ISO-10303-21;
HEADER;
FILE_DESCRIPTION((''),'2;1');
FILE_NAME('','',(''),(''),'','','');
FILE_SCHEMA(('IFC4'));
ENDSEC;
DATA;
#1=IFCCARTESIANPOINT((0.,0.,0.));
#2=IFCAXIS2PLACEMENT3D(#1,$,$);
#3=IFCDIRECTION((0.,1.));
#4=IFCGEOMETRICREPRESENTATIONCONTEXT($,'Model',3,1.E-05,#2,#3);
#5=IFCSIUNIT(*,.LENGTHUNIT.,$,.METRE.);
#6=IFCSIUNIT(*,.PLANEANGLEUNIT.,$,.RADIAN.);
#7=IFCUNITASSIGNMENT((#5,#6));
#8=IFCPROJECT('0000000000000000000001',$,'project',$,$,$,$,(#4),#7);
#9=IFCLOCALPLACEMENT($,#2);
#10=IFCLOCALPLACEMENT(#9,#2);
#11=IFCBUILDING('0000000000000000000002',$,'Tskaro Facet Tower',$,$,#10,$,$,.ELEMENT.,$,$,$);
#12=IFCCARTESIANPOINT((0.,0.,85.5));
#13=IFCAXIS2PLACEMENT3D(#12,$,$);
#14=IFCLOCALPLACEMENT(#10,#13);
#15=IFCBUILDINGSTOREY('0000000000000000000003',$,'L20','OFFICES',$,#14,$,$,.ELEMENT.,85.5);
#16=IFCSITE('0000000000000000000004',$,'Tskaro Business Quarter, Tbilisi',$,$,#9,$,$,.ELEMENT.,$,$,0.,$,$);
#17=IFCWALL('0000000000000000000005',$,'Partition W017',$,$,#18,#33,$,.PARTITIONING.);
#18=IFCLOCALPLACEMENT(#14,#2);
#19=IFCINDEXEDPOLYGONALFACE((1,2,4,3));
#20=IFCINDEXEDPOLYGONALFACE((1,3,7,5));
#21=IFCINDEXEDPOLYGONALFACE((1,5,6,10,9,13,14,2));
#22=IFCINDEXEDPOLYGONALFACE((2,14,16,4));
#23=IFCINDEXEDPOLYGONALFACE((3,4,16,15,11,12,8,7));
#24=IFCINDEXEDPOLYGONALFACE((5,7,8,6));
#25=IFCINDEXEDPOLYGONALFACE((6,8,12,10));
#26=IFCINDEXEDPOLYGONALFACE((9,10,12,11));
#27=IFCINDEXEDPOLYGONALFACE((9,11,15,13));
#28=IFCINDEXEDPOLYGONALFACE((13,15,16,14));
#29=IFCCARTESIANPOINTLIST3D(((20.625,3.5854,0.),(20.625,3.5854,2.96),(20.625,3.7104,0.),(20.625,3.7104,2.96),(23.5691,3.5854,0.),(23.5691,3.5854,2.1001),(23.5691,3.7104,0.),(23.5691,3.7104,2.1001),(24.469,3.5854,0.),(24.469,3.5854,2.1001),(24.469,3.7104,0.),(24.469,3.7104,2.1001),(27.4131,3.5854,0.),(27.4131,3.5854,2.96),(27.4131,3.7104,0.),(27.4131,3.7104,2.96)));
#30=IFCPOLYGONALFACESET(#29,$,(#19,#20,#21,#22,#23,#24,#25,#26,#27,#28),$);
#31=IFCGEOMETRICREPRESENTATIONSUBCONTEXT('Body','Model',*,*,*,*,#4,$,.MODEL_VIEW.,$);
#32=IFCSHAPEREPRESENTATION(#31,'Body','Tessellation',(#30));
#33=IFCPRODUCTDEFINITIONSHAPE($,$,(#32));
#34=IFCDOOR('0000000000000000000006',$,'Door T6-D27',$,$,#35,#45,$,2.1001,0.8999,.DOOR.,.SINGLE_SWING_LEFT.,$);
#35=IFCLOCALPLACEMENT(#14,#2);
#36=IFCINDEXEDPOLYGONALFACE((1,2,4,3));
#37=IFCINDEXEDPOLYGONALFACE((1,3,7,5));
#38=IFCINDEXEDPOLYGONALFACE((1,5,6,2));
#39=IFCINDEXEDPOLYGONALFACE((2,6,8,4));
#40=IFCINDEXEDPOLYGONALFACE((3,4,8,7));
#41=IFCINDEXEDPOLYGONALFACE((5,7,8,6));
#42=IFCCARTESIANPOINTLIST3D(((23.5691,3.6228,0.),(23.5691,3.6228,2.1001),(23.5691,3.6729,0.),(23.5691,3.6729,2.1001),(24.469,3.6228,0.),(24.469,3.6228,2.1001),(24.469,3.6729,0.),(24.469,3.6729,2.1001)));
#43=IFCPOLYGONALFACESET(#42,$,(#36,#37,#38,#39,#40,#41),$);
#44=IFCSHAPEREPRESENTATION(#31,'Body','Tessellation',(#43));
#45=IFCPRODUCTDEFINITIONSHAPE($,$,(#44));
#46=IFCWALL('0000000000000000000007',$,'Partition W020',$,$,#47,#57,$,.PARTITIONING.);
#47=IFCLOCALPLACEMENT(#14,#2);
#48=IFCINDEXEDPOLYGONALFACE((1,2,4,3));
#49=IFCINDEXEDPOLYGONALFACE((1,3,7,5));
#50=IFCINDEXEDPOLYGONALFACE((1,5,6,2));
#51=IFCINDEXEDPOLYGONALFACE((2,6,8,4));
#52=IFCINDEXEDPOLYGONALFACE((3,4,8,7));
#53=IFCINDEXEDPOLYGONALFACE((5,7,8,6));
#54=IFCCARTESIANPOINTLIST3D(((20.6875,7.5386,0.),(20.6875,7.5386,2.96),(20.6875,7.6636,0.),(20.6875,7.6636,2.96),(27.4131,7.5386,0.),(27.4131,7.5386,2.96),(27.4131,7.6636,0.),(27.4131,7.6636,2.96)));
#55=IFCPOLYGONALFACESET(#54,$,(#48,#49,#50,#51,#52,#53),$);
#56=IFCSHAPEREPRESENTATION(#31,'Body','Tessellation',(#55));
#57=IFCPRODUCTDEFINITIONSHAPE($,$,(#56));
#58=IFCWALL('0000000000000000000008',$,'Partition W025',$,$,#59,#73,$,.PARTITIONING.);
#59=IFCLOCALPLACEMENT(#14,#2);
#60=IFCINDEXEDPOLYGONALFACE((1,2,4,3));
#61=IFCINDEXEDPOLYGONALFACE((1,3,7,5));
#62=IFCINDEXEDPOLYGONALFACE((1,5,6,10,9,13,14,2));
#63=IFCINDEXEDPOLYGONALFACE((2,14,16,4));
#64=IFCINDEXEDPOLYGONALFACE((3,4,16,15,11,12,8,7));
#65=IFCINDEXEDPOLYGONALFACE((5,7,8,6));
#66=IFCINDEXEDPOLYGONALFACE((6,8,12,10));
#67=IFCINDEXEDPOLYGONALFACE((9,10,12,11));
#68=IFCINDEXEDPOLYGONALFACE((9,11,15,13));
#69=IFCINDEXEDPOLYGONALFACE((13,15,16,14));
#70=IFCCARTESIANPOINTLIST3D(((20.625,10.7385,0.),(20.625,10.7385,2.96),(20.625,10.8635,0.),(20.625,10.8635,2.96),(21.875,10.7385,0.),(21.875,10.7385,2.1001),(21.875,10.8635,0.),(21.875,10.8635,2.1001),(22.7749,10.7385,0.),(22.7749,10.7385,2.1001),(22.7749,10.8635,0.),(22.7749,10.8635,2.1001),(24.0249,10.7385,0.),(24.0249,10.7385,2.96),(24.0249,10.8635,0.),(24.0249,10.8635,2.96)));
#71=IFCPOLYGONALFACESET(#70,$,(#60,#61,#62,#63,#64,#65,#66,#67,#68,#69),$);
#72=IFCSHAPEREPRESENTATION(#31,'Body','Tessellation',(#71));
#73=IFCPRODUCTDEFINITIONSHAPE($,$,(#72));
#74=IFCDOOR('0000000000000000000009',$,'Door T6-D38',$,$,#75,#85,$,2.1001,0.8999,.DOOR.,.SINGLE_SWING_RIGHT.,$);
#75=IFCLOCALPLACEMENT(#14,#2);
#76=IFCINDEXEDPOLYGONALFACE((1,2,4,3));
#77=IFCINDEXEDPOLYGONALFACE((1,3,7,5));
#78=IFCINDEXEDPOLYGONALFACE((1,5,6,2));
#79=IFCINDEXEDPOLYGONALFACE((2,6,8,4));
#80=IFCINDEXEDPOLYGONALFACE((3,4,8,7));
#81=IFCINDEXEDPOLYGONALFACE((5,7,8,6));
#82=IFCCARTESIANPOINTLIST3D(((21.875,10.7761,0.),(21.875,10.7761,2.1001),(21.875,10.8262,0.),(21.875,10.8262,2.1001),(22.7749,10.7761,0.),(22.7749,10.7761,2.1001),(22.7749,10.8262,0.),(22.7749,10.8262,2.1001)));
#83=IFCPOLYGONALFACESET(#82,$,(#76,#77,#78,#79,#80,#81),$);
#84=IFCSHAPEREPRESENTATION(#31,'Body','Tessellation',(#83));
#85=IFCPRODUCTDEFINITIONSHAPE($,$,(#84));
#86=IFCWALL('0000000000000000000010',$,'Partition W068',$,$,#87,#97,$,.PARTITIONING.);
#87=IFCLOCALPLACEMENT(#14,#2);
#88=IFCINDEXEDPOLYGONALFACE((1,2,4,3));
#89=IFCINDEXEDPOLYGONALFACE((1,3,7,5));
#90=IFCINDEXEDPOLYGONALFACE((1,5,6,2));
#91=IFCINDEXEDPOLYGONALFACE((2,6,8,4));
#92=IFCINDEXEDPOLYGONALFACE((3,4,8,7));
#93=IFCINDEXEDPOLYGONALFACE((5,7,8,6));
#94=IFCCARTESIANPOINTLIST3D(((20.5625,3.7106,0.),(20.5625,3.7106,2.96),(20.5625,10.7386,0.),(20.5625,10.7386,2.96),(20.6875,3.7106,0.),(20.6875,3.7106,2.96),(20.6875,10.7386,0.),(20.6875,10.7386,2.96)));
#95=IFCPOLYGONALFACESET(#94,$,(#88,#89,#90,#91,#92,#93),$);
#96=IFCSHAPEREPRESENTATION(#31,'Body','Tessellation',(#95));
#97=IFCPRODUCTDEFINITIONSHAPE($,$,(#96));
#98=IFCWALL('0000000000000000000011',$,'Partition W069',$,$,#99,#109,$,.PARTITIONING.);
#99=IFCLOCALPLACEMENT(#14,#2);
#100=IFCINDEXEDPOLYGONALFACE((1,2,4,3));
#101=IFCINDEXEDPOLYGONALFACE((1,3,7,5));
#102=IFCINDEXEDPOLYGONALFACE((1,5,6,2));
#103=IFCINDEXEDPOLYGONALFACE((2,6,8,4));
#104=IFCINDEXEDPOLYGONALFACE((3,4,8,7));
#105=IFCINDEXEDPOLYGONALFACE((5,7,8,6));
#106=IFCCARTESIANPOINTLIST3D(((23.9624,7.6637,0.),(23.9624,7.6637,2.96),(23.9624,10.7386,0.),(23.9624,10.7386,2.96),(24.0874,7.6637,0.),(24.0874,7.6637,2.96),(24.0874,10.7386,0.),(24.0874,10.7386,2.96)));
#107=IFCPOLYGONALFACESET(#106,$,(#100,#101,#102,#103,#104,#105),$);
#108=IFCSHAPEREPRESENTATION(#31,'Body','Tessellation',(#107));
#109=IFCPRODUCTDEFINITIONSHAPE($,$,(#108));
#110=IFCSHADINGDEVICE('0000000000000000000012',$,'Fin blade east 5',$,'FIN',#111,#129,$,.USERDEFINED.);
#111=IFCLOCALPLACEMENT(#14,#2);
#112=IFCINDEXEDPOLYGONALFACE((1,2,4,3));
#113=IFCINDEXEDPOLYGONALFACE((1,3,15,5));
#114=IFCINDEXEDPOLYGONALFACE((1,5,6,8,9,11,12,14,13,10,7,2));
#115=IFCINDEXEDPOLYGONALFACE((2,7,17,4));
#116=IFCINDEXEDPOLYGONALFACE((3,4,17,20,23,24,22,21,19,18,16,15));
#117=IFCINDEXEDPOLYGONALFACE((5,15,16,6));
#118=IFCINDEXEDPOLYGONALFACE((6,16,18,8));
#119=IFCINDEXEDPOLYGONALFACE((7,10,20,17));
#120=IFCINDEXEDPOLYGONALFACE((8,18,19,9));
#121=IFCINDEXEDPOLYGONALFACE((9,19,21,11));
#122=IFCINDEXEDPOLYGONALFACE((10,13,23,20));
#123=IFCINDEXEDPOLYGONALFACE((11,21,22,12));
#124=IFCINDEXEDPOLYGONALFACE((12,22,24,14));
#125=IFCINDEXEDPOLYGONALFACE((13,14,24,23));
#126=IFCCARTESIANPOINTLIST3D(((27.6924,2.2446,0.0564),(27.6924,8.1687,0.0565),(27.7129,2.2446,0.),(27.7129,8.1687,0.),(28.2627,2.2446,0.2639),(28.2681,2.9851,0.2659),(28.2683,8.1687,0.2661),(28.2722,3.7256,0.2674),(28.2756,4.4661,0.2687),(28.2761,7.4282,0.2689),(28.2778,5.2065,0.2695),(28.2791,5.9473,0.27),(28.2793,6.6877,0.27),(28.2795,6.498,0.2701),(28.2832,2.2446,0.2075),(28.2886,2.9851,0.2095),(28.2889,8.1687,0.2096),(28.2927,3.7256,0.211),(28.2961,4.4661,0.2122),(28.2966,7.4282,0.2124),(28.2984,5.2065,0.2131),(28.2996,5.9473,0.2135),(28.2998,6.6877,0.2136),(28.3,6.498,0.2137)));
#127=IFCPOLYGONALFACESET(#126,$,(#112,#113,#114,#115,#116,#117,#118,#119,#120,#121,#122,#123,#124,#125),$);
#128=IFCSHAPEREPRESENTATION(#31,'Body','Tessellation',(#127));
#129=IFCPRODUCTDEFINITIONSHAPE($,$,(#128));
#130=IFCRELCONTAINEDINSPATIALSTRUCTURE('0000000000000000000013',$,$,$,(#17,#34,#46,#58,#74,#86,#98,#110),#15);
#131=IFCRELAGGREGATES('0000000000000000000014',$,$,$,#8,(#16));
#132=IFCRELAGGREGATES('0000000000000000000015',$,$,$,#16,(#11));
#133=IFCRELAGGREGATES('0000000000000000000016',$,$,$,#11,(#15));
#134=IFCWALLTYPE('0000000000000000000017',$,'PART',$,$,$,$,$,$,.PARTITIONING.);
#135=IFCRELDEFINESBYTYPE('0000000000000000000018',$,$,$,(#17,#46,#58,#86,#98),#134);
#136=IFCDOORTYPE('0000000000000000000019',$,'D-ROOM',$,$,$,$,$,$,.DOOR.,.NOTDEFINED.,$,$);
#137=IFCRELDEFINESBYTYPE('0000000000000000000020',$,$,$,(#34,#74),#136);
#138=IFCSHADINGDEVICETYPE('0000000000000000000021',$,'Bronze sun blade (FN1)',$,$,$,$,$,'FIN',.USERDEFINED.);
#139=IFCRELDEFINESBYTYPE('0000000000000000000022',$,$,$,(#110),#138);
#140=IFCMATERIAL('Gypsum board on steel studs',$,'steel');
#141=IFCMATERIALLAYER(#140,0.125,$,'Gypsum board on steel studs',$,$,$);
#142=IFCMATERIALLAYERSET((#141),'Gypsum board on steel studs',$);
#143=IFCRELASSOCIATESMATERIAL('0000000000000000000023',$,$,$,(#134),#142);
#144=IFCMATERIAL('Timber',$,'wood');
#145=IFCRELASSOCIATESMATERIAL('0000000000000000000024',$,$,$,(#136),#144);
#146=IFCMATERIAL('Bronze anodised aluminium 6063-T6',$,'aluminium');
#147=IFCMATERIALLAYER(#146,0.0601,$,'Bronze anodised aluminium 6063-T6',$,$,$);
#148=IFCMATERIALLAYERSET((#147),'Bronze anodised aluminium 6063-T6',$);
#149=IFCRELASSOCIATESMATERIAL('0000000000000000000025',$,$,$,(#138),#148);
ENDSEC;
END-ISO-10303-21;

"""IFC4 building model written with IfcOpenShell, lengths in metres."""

from ifc_helpers import new_model, si_unit, direction, frame, frame_2d, origin, place, context, subcontext, project, spatial, polyline, rectangle, outline, extrude, material, layer, layer_set, type_object, element, fill, save


model = new_model("IFC4")

# Units and contexts
model_context = context("Model", 3, precision=1e-05, world=origin(), true_north=direction((0.0, 1.0)))
body_context = subcontext(model_context, "Body", "Model", "MODEL_VIEW")
ifc_project = project(units=[si_unit("LENGTHUNIT", "METRE"), si_unit("PLANEANGLEUNIT", "RADIAN")], contexts=[model_context])

# Site, building, storey
site_placement = place(None, origin())
site = spatial("IfcSite", under=ifc_project, at=site_placement, Name="Tskaro Business Quarter, Tbilisi", CompositionType="ELEMENT", RefElevation=0.0)
building_placement = place(site_placement, origin())
building = spatial("IfcBuilding", under=site, at=building_placement, Name="Tskaro Facet Tower", CompositionType="ELEMENT")
storey_placement = place(building_placement, frame((0.0, 0.0, 85.5)))
storey = spatial("IfcBuildingStorey", under=building, at=storey_placement, Name="L20", Description="OFFICES", CompositionType="ELEMENT", Elevation=85.5)

# Shared definitions
ifc_material_1 = material(Name="Bronze anodised aluminium 6063-T6", Category="aluminium")

# Wall, opening, door
ifc_material_2 = material(Name="Gypsum board on steel studs", Category="steel")
ifc_layer_1 = layer(ifc_material_2, 0.125, Name="Gypsum board on steel studs")
ifc_layer_set_1 = layer_set([ifc_layer_1], Name="Gypsum board on steel studs")
wall_type = type_object("IfcWallType", Name="PART", PredefinedType="PARTITIONING", material=ifc_layer_set_1)
wall_1_placement = place(storey_placement, frame((20.625, 3.6479, 0.0), z_axis=(0.0, 0.0, 1.0), x_axis=(1.0, 0.0, 0.0)))
wall_1 = element("IfcWall", 1, at=wall_1_placement, inside=storey, type_object=wall_type, Name="Partition W017", PredefinedType="PARTITIONING", context=body_context, shape_type="SweptSolid", body=[
    extrude(rectangle(XDim=6.7881, YDim=0.125, at=frame_2d((3.394, 0.0))), origin(), (0.0, 0.0, 1.0), 2.96),
])
opening_1_placement = place(wall_1_placement, frame((2.9441, 0.0, 0.0)))
opening_1 = element("IfcOpeningElement", 2, at=opening_1_placement, cuts=wall_1, PredefinedType="OPENING", context=body_context, shape_type="SweptSolid", body=[
    extrude(rectangle(XDim=0.8999, YDim=2.1001, at=frame_2d((0.45, 1.05))), frame((0.0, 0.0725, 0.0), z_axis=(0.0, -1.0, 0.0), x_axis=(1.0, 0.0, 0.0)), (0.0, 0.0, 1.0), 0.145),
])
ifc_material_3 = material(Name="Timber", Category="wood")
door_type = type_object("IfcDoorType", Name="D-ROOM", OperationType="NOTDEFINED", PredefinedType="DOOR", material=ifc_material_3)
door_1_placement = place(opening_1_placement, origin())
door_1 = element("IfcDoor", 3, at=door_1_placement, inside=storey, type_object=door_type, Name="Door T6-D27", OperationType="SINGLE_SWING_LEFT", OverallHeight=2.1001, OverallWidth=0.8999, PredefinedType="DOOR", context=body_context, shape_type="SweptSolid", body=[
    extrude(rectangle(XDim=0.8999, YDim=2.1001, at=frame_2d((0.45, 1.05))), frame((0.0, 0.0249, 0.0), z_axis=(0.0, -1.0, 0.0), x_axis=(1.0, 0.0, 0.0)), (0.0, 0.0, 1.0), 0.05),
])
fill(opening_1, door_1)

# Wall
wall_2_placement = place(storey_placement, frame((20.6875, 7.6011, 0.0), z_axis=(0.0, 0.0, 1.0), x_axis=(1.0, 0.0, 0.0)))
element("IfcWall", 4, at=wall_2_placement, inside=storey, type_object=wall_type, Name="Partition W020", PredefinedType="PARTITIONING", context=body_context, shape_type="SweptSolid", body=[
    extrude(rectangle(XDim=6.7256, YDim=0.125, at=frame_2d((3.3628, 0.0))), origin(), (0.0, 0.0, 1.0), 2.96),
])

# Wall, opening, door
wall_3_placement = place(storey_placement, frame((24.0249, 10.801, 0.0), z_axis=(0.0, 0.0, 1.0), x_axis=(-1.0, 0.0, 0.0)))
wall_3 = element("IfcWall", 5, at=wall_3_placement, inside=storey, type_object=wall_type, Name="Partition W025", PredefinedType="PARTITIONING", context=body_context, shape_type="SweptSolid", body=[
    extrude(rectangle(XDim=3.3999, YDim=0.125, at=frame_2d((1.7, 0.0))), origin(), (0.0, 0.0, 1.0), 2.96),
])
opening_2_placement = place(wall_3_placement, frame((1.25, 0.0, 0.0)))
opening_2 = element("IfcOpeningElement", 6, at=opening_2_placement, cuts=wall_3, PredefinedType="OPENING", context=body_context, shape_type="SweptSolid", body=[
    extrude(rectangle(XDim=0.8999, YDim=2.1001, at=frame_2d((0.45, 1.05))), frame((0.0, 0.0725, 0.0), z_axis=(0.0, -1.0, 0.0), x_axis=(1.0, 0.0, 0.0)), (0.0, 0.0, 1.0), 0.145),
])
door_2_placement = place(opening_2_placement, origin())
door_2 = element("IfcDoor", 7, at=door_2_placement, inside=storey, type_object=door_type, Name="Door T6-D38", OperationType="SINGLE_SWING_RIGHT", OverallHeight=2.1001, OverallWidth=0.8999, PredefinedType="DOOR", context=body_context, shape_type="SweptSolid", body=[
    extrude(rectangle(XDim=0.8999, YDim=2.1001, at=frame_2d((0.45, 1.05))), frame((0.0, 0.0249, 0.0), z_axis=(0.0, -1.0, 0.0), x_axis=(1.0, 0.0, 0.0)), (0.0, 0.0, 1.0), 0.05),
])
fill(opening_2, door_2)

# Walls
wall_4_placement = place(storey_placement, frame((20.625, 3.7104, 0.0), z_axis=(0.0, 0.0, 1.0), x_axis=(0.0, 1.0, 0.0)))
element("IfcWall", 8, at=wall_4_placement, inside=storey, type_object=wall_type, Name="Partition W068", PredefinedType="PARTITIONING", context=body_context, shape_type="SweptSolid", body=[
    extrude(rectangle(XDim=7.0281, YDim=0.125, at=frame_2d((3.5142, 0.0))), origin(), (0.0, 0.0, 1.0), 2.96),
])
wall_5_placement = place(storey_placement, frame((24.0249, 7.6636, 0.0), z_axis=(0.0, 0.0, 1.0), x_axis=(0.0, 1.0, 0.0)))
element("IfcWall", 9, at=wall_5_placement, inside=storey, type_object=wall_type, Name="Partition W069", PredefinedType="PARTITIONING", context=body_context, shape_type="SweptSolid", body=[
    extrude(rectangle(XDim=3.075, YDim=0.125, at=frame_2d((1.5376, 0.0))), origin(), (0.0, 0.0, 1.0), 2.96),
])

# Shading device
ifc_layer_2 = layer(ifc_material_1, 0.0601, Name="Bronze anodised aluminium 6063-T6")
ifc_layer_set_2 = layer_set([ifc_layer_2], Name="Bronze anodised aluminium 6063-T6")
shading_device_type = type_object("IfcShadingDeviceType", Name="Bronze sun blade (FN1)", ElementType="FIN", PredefinedType="USERDEFINED", material=ifc_layer_set_2)
shading_device_1_placement = place(storey_placement, frame((27.6924, 2.2446, 0.0564), z_axis=(-0.341976, -0.000012, 0.939709), x_axis=(-0.000004, 1.0, 0.000012)))
element("IfcShadingDevice", 10, at=shading_device_1_placement, inside=storey, type_object=shading_device_type, Name="Fin blade east 5", ObjectType="FIN", PredefinedType="USERDEFINED", context=body_context, shape_type="SweptSolid", body=[
    extrude(outline(polyline([(0.0, 0.0), (5.9241, 0.0), (5.9241, -0.6129), (5.1836, -0.6212), (4.4431, -0.6246), (4.2534, -0.6248), (3.7026, -0.6244), (2.9619, -0.623), (2.2214, -0.6206), (1.481, -0.617), (0.7405, -0.6126), (0.0, -0.6069), (0.0, 0.0)])), origin(), (0.0, 0.0, -1.0), 0.0601),
])

save(model, "model.ifc")
